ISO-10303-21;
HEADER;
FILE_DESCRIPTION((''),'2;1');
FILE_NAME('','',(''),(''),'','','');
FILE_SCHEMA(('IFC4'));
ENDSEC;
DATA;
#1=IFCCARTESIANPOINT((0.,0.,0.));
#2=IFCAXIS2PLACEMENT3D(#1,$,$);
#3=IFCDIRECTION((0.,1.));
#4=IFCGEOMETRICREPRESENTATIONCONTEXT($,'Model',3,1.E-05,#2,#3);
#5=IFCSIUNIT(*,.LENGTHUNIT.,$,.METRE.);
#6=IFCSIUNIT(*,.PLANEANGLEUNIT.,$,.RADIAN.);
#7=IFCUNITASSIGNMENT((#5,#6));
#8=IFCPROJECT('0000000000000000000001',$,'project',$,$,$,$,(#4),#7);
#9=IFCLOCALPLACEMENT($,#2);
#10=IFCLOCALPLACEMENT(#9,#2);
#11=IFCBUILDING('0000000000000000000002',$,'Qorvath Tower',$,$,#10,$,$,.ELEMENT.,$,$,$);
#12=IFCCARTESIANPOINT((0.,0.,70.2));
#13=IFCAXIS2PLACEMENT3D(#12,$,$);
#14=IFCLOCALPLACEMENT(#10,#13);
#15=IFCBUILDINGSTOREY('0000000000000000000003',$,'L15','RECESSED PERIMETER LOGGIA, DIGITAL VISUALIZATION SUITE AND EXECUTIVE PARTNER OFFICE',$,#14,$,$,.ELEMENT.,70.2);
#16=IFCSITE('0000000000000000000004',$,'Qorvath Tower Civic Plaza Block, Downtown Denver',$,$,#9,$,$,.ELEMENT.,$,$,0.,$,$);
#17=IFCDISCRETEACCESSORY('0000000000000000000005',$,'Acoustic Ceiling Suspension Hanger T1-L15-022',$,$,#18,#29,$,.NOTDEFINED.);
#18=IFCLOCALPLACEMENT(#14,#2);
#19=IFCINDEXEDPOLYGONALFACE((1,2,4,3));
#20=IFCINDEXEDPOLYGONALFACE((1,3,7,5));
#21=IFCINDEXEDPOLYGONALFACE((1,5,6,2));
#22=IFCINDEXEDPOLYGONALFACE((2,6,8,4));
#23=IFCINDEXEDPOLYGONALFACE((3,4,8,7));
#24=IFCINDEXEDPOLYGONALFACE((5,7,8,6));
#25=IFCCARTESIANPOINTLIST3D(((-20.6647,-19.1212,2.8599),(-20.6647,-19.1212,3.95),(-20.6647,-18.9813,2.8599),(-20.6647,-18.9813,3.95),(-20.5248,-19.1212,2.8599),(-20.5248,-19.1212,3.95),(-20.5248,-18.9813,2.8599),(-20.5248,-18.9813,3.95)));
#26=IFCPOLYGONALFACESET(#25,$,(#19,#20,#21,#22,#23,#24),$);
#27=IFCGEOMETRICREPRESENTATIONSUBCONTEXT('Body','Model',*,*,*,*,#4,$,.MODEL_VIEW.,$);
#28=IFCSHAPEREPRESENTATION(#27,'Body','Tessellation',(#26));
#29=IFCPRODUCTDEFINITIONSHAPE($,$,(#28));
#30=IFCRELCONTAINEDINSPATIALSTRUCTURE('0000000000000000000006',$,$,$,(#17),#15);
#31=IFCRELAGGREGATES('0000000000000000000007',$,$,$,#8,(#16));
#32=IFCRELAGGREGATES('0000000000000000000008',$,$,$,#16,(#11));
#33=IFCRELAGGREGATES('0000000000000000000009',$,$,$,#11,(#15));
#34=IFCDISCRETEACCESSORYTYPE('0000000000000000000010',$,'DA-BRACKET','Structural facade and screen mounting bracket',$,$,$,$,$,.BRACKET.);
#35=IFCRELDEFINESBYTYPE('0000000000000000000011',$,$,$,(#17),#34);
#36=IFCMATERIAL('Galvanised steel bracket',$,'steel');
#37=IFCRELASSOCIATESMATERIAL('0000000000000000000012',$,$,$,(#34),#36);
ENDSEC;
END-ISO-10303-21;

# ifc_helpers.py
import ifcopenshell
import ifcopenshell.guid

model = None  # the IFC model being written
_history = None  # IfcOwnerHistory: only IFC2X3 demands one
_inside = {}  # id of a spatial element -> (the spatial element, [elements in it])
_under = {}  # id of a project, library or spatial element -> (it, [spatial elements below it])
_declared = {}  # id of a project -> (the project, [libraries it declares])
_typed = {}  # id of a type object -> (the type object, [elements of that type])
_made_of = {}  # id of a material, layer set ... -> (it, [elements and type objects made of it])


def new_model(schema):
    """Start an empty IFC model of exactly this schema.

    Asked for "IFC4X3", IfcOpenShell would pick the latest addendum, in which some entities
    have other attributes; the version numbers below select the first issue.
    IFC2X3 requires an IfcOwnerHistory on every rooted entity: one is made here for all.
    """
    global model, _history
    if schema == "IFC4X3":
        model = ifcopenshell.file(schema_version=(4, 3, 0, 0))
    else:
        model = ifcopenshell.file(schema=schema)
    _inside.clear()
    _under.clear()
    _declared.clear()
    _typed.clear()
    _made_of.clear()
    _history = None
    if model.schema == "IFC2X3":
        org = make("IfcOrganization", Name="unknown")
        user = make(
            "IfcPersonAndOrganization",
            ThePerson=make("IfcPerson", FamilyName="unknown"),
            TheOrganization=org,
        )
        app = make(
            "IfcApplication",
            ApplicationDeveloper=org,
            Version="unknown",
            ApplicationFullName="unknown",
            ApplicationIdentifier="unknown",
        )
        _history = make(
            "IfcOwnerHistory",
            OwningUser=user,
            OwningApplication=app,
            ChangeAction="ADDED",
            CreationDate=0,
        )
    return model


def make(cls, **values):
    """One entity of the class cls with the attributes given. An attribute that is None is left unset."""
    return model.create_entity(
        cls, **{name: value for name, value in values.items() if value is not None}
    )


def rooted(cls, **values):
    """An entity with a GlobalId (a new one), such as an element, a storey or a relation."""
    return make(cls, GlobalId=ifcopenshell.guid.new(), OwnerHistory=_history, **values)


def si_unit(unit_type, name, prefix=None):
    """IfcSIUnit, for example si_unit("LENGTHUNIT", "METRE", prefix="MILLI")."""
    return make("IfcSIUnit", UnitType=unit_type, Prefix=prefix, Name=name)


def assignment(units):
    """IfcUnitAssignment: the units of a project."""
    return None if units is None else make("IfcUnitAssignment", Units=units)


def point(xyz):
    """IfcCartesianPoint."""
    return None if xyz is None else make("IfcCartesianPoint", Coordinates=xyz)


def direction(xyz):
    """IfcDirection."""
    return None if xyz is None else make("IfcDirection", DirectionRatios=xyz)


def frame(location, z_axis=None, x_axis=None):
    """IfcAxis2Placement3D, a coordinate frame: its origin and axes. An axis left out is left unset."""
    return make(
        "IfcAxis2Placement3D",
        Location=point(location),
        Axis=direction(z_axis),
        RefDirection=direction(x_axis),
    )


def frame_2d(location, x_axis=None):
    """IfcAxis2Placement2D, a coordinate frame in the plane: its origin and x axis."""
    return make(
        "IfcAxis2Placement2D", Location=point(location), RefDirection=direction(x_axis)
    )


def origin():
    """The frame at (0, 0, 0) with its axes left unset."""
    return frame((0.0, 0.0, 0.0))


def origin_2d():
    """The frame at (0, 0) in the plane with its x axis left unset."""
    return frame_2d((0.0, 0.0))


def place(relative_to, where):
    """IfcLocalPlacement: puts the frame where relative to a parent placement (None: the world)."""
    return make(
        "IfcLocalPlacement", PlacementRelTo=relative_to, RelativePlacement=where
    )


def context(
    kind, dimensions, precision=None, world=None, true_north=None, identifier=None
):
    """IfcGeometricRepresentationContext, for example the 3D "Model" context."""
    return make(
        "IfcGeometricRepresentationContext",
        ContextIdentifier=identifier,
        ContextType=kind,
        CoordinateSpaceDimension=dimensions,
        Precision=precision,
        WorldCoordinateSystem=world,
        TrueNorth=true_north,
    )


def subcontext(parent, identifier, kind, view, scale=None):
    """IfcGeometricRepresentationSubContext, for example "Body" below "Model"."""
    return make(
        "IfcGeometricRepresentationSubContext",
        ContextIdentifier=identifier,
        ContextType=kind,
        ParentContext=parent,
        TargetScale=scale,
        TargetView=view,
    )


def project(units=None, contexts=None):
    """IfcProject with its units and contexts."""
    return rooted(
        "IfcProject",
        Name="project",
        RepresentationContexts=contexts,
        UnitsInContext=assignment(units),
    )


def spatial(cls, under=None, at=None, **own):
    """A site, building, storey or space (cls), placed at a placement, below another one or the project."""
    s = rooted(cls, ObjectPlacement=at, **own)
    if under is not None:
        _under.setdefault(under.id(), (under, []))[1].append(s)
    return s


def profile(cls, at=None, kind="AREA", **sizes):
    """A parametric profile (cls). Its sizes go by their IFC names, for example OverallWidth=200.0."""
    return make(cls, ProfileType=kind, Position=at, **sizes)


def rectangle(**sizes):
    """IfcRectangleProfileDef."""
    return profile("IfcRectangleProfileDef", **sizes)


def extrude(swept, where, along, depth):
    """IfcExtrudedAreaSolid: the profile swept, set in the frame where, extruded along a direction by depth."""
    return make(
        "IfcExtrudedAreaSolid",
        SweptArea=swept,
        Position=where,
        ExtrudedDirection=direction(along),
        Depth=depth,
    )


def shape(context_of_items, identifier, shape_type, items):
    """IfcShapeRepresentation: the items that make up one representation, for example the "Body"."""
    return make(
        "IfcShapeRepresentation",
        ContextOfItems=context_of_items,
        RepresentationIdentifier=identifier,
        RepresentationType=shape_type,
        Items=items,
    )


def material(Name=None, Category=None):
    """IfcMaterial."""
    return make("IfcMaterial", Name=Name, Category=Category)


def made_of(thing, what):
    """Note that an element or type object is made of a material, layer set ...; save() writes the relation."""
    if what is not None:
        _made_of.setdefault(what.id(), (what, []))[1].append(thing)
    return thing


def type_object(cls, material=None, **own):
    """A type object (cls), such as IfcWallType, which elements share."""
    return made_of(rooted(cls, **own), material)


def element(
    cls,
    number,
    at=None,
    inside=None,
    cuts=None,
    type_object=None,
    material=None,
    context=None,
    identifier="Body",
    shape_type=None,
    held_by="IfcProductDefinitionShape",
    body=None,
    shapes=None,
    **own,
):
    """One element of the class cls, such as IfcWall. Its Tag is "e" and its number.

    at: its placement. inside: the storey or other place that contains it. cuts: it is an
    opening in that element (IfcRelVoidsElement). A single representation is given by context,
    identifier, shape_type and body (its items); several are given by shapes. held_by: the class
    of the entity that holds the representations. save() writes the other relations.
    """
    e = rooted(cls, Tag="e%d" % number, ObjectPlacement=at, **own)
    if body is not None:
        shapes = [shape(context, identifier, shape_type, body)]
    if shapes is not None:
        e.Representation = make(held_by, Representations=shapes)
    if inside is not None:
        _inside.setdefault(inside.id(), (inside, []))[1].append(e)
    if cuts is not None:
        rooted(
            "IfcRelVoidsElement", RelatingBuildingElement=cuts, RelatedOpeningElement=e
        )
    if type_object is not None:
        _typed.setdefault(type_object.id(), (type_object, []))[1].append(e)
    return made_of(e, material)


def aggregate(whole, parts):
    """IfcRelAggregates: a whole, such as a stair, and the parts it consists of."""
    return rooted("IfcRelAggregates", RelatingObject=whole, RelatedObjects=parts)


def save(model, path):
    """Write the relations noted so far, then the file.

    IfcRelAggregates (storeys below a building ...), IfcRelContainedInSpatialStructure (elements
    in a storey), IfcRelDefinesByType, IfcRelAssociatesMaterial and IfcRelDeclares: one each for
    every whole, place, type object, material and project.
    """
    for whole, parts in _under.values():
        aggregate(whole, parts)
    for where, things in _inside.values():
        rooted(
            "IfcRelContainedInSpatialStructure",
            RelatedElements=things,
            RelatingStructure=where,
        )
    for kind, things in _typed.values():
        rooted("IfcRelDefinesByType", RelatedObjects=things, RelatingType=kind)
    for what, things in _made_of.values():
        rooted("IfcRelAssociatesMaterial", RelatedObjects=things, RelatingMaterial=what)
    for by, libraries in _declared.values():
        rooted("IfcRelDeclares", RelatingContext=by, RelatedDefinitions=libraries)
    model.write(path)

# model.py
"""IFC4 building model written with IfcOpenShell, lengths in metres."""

from ifc_helpers import new_model, si_unit, direction, frame, origin, origin_2d, place, context, subcontext, project, spatial, rectangle, extrude, material, type_object, element, save


model = new_model("IFC4")

# Units and contexts
model_context = context("Model", 3, precision=1e-05, world=origin(), true_north=direction((0.0, 1.0)))
body_context = subcontext(model_context, "Body", "Model", "MODEL_VIEW")
ifc_project = project(units=[si_unit("LENGTHUNIT", "METRE"), si_unit("PLANEANGLEUNIT", "RADIAN")], contexts=[model_context])

# Site, building, storey
site_placement = place(None, origin())
site = spatial("IfcSite", under=ifc_project, at=site_placement, Name="Qorvath Tower Civic Plaza Block, Downtown Denver", CompositionType="ELEMENT", RefElevation=0.0)
building_placement = place(site_placement, origin())
building = spatial("IfcBuilding", under=site, at=building_placement, Name="Qorvath Tower", CompositionType="ELEMENT")
storey_placement = place(building_placement, frame((0.0, 0.0, 70.2)))
storey = spatial("IfcBuildingStorey", under=building, at=storey_placement, Name="L15", Description="RECESSED PERIMETER LOGGIA, DIGITAL VISUALIZATION SUITE AND EXECUTIVE PARTNER OFFICE", CompositionType="ELEMENT", Elevation=70.2)

# Discrete accessory
ifc_material_1 = material(Name="Galvanised steel bracket", Category="steel")
discrete_accessory_type = type_object("IfcDiscreteAccessoryType", Name="DA-BRACKET", Description="Structural facade and screen mounting bracket", PredefinedType="BRACKET", material=ifc_material_1)
for number, where, z_axis, x_axis, name in (
    (1, (-20.5947, -19.0513, 2.8599), (0.0, 0.0, 1.0), (1.0, 0.0, 0.0), "Acoustic Ceiling Suspension Hanger T1-L15-022"),
):
    element("IfcDiscreteAccessory", number, at=place(storey_placement, frame(where, z_axis=z_axis, x_axis=x_axis)), inside=storey, type_object=discrete_accessory_type, Name=name, PredefinedType="NOTDEFINED", context=body_context, shape_type="SweptSolid", body=[
        extrude(rectangle(XDim=0.1399, YDim=0.1399, at=origin_2d()), origin(), (0.0, 0.0, 1.0), 1.0901),
    ])

save(model, "model.ifc")
